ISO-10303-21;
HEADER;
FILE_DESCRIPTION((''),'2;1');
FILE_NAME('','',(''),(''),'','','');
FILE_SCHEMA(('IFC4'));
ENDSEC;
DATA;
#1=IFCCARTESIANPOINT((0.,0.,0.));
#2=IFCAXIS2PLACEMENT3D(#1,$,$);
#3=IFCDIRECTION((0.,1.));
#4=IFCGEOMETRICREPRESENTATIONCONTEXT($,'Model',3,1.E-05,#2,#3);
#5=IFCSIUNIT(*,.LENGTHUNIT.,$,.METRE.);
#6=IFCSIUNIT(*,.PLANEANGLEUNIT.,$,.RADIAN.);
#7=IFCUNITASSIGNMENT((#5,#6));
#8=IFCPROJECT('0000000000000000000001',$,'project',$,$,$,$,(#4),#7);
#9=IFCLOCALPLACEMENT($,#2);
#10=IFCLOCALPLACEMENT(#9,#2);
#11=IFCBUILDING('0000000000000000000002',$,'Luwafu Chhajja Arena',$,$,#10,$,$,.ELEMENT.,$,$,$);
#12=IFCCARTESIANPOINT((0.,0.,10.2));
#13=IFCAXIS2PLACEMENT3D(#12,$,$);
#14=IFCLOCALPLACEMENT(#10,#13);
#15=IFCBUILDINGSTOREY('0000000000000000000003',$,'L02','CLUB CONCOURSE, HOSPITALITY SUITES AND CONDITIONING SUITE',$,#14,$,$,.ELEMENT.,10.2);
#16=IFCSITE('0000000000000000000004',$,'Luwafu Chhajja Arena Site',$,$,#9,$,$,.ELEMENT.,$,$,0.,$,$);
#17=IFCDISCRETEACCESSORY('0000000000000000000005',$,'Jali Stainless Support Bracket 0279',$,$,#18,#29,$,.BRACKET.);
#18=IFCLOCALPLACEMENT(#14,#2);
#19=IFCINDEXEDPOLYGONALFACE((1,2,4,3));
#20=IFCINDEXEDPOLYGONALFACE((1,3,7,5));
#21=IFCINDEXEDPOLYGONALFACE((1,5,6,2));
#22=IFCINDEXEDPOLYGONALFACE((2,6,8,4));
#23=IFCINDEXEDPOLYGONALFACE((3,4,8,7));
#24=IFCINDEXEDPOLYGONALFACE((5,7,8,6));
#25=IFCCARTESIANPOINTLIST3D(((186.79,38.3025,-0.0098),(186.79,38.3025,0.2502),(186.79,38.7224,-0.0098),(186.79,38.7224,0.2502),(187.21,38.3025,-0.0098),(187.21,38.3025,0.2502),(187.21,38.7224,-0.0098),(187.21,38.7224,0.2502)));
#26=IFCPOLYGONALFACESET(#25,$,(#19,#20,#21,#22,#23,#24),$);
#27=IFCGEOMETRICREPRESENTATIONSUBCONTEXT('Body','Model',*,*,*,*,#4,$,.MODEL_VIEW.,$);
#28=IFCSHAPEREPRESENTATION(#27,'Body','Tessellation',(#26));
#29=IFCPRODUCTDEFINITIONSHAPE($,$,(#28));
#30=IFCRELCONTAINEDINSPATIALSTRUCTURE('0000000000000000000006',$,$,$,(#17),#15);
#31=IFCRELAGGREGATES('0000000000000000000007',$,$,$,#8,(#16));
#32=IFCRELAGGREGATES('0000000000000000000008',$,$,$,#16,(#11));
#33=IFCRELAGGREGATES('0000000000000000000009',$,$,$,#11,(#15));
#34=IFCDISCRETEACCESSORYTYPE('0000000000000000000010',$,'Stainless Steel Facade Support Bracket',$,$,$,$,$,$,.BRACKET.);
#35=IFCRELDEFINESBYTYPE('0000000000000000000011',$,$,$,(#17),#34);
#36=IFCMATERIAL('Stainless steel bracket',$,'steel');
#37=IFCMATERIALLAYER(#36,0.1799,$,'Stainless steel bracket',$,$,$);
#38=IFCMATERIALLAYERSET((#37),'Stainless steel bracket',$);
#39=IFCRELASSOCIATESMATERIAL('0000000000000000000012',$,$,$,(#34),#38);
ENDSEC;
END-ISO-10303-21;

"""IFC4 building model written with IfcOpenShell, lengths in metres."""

from ifc_helpers import new_model, si_unit, direction, frame, origin, origin_2d, place, context, subcontext, project, spatial, rectangle, extrude, material, layer, layer_set, type_object, element, save


model = new_model("IFC4")

# Units and contexts
model_context = context("Model", 3, precision=1e-05, world=origin(), true_north=direction((0.0, 1.0)))
body_context = subcontext(model_context, "Body", "Model", "MODEL_VIEW")
ifc_project = project(units=[si_unit("LENGTHUNIT", "METRE"), si_unit("PLANEANGLEUNIT", "RADIAN")], contexts=[model_context])

# Site, building, storey
site_placement = place(None, origin())
site = spatial("IfcSite", under=ifc_project, at=site_placement, Name="Luwafu Chhajja Arena Site", CompositionType="ELEMENT", RefElevation=0.0)
building_placement = place(site_placement, origin())
building = spatial("IfcBuilding", under=site, at=building_placement, Name="Luwafu Chhajja Arena", CompositionType="ELEMENT")
storey_placement = place(building_placement, frame((0.0, 0.0, 10.2)))
storey = spatial("IfcBuildingStorey", under=building, at=storey_placement, Name="L02", Description="CLUB CONCOURSE, HOSPITALITY SUITES AND CONDITIONING SUITE", CompositionType="ELEMENT", Elevation=10.2)

# Discrete accessory
ifc_material_1 = material(Name="Stainless steel bracket", Category="steel")
ifc_layer_1 = layer(ifc_material_1, 0.1799, Name="Stainless steel bracket")
ifc_layer_set_1 = layer_set([ifc_layer_1], Name="Stainless steel bracket")
discrete_accessory_type = type_object("IfcDiscreteAccessoryType", Name="Stainless Steel Facade Support Bracket", PredefinedType="BRACKET", material=ifc_layer_set_1)
discrete_accessory_placement = place(storey_placement, frame((187.0, 38.5125, -0.0098), z_axis=(0.0, 0.0, 1.0), x_axis=(0.0, 1.0, 0.0)))
element("IfcDiscreteAccessory", 1, at=discrete_accessory_placement, inside=storey, type_object=discrete_accessory_type, Name="Jali Stainless Support Bracket 0279", PredefinedType="BRACKET", context=body_context, shape_type="SweptSolid", body=[
    extrude(rectangle(XDim=0.4199, YDim=0.4199, at=origin_2d()), origin(), (0.0, 0.0, 1.0), 0.26),
])

save(model, "model.ifc")
